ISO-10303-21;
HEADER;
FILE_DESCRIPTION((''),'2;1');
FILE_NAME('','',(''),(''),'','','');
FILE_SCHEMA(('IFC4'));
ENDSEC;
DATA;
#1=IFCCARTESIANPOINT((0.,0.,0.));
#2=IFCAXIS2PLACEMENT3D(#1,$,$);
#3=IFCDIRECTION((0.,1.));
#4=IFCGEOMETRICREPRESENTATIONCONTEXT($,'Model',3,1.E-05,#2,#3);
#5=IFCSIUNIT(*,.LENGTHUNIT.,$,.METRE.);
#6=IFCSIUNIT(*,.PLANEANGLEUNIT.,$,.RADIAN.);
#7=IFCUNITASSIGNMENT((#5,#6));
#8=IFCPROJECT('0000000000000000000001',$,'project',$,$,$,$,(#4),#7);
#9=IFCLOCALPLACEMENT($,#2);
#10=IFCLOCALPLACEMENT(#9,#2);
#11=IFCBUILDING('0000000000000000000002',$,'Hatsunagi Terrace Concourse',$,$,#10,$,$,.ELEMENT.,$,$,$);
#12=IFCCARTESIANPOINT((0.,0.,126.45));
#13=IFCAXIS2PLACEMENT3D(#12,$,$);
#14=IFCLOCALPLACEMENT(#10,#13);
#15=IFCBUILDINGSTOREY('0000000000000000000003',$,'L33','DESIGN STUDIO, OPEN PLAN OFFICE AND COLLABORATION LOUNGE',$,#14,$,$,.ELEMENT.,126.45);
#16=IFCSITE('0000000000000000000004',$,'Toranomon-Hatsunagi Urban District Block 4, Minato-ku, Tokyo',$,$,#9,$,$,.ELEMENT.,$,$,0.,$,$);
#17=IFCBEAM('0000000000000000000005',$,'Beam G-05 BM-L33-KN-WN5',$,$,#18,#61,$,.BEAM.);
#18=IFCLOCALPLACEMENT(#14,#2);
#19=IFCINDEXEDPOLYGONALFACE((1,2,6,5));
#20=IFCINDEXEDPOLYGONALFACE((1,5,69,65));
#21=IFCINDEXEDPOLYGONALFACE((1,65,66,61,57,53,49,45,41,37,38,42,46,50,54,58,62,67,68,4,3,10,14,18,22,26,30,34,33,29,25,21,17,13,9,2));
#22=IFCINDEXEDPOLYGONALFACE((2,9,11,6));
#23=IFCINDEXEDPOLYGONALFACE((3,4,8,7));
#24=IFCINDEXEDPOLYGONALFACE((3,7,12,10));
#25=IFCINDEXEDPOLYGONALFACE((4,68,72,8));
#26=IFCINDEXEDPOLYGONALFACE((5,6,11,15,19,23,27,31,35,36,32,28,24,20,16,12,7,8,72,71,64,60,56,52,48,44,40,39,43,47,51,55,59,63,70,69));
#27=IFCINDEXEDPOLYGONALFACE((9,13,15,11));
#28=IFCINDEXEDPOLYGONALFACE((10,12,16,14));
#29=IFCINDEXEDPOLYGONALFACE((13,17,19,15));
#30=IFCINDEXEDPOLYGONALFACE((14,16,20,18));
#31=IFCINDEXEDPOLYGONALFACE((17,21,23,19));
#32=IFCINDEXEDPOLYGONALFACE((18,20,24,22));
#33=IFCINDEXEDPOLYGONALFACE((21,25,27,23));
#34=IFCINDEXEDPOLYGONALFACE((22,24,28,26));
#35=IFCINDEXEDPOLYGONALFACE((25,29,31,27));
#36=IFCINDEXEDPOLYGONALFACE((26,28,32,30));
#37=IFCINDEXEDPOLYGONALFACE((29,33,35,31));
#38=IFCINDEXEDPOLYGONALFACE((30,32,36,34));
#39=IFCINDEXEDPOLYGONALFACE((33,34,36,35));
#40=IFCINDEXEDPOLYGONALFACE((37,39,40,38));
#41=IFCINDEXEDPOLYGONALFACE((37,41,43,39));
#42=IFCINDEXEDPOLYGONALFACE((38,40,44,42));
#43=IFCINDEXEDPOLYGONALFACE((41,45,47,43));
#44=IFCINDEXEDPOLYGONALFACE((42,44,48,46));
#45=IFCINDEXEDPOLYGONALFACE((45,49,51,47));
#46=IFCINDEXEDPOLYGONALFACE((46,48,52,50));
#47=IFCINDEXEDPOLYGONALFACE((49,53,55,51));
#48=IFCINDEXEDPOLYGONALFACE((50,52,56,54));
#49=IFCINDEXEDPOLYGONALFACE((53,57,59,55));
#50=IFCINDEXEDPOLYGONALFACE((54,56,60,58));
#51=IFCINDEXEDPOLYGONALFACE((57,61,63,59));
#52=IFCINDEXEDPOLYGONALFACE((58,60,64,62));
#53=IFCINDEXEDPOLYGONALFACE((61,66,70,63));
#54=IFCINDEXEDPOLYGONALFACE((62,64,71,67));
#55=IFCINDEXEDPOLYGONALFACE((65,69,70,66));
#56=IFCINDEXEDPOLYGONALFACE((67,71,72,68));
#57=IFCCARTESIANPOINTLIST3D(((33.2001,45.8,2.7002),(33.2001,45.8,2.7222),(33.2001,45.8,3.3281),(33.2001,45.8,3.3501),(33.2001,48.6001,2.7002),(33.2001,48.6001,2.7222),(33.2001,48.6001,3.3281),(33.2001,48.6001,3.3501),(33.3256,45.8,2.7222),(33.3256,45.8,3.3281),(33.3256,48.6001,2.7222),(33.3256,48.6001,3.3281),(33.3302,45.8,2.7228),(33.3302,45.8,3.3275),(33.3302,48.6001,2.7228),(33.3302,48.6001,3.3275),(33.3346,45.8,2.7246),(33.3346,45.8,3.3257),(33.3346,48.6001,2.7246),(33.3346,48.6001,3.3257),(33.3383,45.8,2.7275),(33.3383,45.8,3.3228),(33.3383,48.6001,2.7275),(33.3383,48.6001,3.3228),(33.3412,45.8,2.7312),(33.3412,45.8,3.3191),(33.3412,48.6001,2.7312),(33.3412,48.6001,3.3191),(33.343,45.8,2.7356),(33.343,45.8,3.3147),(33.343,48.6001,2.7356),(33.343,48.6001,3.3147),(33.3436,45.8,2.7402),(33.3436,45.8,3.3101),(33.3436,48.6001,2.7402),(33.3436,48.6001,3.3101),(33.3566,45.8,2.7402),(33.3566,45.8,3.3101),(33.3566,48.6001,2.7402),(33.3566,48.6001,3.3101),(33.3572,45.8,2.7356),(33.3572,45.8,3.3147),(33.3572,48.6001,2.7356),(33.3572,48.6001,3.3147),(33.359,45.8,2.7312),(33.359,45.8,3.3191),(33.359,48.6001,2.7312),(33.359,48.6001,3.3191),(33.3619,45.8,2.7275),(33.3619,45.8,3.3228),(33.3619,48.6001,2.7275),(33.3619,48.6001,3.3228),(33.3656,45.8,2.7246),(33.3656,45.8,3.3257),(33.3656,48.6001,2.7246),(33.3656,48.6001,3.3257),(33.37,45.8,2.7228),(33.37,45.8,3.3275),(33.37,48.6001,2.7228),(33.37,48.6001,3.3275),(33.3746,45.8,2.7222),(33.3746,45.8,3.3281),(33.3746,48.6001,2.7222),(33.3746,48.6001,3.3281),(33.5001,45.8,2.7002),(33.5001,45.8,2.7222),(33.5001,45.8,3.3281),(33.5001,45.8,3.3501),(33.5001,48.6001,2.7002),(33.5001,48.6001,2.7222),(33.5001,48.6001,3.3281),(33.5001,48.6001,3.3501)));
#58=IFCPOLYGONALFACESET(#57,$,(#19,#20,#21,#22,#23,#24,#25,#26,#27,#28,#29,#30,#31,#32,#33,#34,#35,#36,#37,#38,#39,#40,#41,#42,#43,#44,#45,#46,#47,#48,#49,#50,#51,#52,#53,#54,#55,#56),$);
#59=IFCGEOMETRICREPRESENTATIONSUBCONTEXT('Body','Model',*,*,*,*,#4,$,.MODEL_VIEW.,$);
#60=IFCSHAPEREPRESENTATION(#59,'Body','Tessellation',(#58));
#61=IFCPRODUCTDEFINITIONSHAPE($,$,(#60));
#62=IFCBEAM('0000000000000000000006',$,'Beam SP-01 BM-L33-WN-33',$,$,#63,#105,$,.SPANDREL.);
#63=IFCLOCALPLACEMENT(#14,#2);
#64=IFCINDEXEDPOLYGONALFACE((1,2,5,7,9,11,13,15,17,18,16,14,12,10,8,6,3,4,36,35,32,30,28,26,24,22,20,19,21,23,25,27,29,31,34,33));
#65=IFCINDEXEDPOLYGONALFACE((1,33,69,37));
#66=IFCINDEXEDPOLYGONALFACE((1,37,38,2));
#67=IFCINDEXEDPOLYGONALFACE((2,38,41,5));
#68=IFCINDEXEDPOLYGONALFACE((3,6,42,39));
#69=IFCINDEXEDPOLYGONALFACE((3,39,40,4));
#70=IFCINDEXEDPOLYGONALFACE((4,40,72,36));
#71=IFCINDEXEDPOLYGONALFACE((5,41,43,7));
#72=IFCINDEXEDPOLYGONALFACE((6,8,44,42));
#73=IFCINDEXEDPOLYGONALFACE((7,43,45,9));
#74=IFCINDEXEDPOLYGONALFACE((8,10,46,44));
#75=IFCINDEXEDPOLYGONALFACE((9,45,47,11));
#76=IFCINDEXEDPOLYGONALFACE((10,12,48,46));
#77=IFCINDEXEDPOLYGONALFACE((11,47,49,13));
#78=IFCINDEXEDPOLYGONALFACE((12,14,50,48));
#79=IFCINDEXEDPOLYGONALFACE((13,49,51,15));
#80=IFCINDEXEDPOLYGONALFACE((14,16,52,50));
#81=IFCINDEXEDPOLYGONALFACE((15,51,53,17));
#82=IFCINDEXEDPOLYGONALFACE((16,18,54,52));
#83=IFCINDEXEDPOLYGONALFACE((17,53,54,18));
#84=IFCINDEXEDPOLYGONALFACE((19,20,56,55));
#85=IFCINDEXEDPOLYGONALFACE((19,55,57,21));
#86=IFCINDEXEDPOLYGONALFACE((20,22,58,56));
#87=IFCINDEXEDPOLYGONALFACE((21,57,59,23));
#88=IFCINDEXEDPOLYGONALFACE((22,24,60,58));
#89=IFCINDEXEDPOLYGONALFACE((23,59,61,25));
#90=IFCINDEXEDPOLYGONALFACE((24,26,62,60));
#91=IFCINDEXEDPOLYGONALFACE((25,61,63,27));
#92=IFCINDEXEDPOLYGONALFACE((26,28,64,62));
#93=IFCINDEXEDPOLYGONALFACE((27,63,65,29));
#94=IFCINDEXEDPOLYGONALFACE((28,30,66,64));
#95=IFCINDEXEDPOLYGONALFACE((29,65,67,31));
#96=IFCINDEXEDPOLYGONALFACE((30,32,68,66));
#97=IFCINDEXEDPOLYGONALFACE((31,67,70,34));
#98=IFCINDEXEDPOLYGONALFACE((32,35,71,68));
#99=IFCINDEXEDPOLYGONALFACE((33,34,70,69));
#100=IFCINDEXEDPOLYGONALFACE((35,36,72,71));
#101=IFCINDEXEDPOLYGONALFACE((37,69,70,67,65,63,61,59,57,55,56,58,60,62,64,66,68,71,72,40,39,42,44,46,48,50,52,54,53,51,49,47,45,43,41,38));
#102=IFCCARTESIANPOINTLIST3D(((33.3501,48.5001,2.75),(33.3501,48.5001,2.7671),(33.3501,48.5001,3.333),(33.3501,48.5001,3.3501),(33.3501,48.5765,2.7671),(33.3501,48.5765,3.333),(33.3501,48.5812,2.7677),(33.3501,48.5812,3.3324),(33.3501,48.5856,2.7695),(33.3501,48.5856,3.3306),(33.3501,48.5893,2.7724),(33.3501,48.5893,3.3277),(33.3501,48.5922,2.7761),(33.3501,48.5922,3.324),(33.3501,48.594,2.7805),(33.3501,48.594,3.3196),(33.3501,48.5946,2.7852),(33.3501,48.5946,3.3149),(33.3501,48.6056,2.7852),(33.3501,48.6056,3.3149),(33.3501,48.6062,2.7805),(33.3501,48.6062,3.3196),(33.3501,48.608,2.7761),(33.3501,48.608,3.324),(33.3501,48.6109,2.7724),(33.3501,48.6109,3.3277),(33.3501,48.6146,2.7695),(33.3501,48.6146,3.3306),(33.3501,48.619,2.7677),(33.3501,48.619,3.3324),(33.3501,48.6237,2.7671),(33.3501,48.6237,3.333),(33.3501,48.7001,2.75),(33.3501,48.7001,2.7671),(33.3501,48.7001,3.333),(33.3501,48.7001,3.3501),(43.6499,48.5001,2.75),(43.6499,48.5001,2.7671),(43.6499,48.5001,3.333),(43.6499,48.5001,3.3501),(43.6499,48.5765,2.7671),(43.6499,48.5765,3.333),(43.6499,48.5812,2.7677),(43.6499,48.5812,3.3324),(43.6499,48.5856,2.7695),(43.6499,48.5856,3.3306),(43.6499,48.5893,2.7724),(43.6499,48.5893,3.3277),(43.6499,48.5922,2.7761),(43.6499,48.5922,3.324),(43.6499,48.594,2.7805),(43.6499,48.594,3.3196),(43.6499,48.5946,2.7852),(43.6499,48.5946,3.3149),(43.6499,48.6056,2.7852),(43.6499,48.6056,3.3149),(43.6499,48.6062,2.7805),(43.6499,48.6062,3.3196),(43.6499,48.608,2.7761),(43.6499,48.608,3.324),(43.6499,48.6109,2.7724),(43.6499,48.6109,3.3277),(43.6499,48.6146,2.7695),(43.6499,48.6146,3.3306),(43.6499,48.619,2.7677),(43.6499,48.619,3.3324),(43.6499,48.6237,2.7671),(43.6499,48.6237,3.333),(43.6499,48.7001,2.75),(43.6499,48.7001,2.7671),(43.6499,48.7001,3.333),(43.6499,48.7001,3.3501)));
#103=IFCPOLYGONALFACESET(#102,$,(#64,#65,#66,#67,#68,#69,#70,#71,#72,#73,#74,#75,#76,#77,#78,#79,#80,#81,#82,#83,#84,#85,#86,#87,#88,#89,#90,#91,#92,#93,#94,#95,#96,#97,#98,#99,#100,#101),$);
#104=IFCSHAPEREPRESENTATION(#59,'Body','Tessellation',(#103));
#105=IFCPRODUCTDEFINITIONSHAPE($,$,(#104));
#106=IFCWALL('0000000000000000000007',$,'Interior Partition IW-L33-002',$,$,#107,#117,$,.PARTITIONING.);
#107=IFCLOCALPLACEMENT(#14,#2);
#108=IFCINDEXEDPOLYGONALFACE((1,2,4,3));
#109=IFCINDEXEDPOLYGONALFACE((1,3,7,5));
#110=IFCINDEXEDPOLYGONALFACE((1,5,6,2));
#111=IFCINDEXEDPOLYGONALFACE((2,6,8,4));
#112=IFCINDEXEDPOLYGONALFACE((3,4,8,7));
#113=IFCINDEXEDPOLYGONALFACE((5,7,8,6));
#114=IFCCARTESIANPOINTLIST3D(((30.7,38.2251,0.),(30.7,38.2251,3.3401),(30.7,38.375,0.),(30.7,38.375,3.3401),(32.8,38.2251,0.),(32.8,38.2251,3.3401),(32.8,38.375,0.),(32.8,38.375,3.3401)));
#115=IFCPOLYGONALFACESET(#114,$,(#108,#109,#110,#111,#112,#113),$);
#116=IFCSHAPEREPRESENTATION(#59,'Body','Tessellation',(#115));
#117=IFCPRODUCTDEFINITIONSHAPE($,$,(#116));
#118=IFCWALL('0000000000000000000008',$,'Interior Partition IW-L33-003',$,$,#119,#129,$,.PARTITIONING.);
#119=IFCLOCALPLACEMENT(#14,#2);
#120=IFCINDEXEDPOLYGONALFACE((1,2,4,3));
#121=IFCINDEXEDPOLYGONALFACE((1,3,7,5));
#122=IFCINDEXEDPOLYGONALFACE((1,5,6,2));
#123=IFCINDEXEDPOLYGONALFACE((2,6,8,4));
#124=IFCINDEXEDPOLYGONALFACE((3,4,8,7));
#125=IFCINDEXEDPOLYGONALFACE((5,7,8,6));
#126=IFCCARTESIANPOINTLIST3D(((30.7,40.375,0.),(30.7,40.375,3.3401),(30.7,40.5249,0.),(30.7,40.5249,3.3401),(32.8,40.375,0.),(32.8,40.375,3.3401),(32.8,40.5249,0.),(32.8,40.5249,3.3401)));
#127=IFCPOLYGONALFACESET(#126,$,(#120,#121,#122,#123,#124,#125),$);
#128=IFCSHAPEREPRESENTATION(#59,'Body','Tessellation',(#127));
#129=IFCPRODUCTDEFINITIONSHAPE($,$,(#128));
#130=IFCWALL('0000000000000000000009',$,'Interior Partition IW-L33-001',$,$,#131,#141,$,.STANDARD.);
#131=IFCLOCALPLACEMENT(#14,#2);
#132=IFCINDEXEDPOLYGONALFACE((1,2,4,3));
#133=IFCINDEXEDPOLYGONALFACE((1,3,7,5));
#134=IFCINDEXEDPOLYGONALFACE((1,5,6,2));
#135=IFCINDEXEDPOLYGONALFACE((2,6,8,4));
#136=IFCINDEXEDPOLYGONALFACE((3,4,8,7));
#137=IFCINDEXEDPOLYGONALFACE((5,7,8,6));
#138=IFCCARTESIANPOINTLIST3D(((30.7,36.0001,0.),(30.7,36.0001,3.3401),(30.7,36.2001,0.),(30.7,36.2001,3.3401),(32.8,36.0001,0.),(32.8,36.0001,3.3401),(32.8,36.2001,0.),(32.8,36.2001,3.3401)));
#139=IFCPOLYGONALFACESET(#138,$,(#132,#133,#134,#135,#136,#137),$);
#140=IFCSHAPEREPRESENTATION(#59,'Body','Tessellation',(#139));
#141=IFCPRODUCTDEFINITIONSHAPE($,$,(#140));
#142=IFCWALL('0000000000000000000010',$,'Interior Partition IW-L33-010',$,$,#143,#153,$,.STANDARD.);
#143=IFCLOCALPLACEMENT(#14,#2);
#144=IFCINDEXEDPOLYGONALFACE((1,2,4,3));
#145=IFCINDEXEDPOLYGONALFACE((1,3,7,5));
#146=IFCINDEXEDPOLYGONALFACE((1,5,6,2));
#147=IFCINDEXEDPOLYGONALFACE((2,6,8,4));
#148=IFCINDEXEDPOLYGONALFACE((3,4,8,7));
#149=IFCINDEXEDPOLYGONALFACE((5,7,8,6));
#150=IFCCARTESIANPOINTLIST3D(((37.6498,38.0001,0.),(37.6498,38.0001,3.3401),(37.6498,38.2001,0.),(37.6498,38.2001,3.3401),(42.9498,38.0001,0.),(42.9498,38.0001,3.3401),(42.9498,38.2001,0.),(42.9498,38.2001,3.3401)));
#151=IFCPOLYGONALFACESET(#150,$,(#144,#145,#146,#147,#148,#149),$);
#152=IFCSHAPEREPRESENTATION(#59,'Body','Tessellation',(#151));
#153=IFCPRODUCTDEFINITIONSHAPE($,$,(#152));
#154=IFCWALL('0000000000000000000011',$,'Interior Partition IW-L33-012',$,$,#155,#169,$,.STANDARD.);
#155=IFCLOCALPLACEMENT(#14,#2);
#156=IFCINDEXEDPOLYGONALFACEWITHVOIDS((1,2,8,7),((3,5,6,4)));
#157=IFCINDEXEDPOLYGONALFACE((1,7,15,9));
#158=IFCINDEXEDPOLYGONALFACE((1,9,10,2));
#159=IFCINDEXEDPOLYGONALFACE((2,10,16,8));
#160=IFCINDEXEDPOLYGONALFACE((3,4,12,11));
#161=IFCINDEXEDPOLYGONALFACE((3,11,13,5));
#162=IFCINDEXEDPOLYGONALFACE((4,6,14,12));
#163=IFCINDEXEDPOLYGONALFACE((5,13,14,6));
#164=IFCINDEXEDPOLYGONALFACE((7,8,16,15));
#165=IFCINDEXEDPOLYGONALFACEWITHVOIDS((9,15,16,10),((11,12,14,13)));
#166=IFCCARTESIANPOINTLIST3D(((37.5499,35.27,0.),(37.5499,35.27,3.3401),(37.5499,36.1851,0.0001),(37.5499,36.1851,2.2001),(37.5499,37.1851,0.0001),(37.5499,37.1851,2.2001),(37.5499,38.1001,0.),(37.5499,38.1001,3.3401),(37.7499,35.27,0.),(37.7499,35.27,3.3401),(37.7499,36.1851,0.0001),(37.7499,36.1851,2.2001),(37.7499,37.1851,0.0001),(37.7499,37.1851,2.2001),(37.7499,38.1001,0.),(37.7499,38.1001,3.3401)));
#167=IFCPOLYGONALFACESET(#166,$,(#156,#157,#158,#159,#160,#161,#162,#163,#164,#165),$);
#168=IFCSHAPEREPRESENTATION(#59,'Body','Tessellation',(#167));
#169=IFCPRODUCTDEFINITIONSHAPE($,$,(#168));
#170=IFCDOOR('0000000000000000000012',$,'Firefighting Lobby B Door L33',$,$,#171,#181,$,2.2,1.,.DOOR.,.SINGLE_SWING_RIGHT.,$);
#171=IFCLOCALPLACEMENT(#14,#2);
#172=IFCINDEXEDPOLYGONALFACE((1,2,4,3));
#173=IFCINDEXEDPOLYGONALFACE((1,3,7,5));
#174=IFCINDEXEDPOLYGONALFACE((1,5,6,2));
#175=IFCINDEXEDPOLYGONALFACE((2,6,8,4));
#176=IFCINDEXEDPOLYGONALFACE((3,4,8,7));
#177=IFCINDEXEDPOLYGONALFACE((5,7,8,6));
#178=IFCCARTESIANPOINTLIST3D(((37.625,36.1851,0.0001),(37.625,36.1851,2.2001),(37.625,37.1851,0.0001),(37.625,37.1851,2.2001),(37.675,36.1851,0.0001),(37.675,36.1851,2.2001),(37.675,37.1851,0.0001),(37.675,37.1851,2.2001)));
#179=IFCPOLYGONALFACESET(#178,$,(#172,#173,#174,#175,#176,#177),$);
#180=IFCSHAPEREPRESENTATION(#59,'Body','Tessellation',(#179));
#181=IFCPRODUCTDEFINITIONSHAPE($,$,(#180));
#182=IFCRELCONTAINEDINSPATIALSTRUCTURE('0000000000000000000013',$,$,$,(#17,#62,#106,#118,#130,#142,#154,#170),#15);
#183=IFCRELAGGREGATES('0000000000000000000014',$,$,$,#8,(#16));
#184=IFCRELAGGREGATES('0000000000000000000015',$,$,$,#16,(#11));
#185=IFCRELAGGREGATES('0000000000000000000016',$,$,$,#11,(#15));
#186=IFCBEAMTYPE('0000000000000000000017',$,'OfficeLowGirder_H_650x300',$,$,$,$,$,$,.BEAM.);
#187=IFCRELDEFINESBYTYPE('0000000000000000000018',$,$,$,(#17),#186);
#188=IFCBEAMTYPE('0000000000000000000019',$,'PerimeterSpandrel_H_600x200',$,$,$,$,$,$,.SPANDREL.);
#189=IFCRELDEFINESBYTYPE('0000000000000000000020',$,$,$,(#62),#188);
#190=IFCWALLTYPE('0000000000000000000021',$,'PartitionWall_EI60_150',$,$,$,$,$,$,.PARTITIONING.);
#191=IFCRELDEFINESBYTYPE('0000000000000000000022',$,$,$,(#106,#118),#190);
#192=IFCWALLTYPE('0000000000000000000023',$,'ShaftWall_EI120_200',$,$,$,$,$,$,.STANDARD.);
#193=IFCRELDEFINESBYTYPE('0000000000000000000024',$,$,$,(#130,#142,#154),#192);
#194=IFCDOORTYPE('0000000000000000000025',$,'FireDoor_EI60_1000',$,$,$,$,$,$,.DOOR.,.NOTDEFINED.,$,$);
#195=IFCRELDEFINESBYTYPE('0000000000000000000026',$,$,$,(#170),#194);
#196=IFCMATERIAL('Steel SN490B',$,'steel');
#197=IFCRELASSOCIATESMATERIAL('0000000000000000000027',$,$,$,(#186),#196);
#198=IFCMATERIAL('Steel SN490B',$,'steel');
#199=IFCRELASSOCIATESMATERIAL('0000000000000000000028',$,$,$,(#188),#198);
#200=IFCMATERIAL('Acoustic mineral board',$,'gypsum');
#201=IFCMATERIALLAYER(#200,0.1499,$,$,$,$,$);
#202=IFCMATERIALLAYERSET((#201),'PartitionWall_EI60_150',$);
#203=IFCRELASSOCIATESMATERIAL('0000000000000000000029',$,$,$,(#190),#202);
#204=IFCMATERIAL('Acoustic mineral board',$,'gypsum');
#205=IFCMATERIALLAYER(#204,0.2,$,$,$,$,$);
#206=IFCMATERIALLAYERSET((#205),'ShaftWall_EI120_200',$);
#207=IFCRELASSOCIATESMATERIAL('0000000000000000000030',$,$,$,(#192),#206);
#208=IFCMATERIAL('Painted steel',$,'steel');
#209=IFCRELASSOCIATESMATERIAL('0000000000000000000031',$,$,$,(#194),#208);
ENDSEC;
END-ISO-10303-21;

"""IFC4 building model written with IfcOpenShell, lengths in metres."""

from ifc_helpers import new_model, si_unit, direction, frame, frame_2d, origin, origin_2d, place, context, subcontext, project, spatial, rectangle, i_section, extrude, material, layer, layer_set, material_profile, profile_set, type_object, element, fill, save


model = new_model("IFC4")

# Units and contexts
model_context = context("Model", 3, precision=1e-05, world=origin(), true_north=direction((0.0, 1.0)))
body_context = subcontext(model_context, "Body", "Model", "MODEL_VIEW")
ifc_project = project(units=[si_unit("LENGTHUNIT", "METRE"), si_unit("PLANEANGLEUNIT", "RADIAN")], contexts=[model_context])

# Site, building, storey
site_placement = place(None, origin())
site = spatial("IfcSite", under=ifc_project, at=site_placement, Name="Toranomon-Hatsunagi Urban District Block 4, Minato-ku, Tokyo", CompositionType="ELEMENT", RefElevation=0.0)
building_placement = place(site_placement, origin())
building = spatial("IfcBuilding", under=site, at=building_placement, Name="Hatsunagi Terrace Concourse", CompositionType="ELEMENT")
storey_placement = place(building_placement, frame((0.0, 0.0, 126.45)))
storey = spatial("IfcBuildingStorey", under=building, at=storey_placement, Name="L33", Description="DESIGN STUDIO, OPEN PLAN OFFICE AND COLLABORATION LOUNGE", CompositionType="ELEMENT", Elevation=126.45)

# Beams
ifc_material_1 = material(Name="Steel SN490B", Category="steel")
ifc_material_profile_1 = material_profile(ifc_material_1, i_section(OverallWidth=0.3, OverallDepth=0.6499, WebThickness=0.0129, FlangeThickness=0.022, FilletRadius=0.0181, at=origin_2d()), Name="H-650x300x13x22")
ifc_profile_set_1 = profile_set([ifc_material_profile_1], Name="Steel SN490B")
beam_type_1 = type_object("IfcBeamType", Name="OfficeLowGirder_H_650x300", PredefinedType="BEAM", material=ifc_profile_set_1)
beam_1_placement = place(storey_placement, frame((33.3501, 45.8, 3.0251), z_axis=(0.0, 1.0, 0.0), x_axis=(-1.0, 0.0, 0.0)))
element("IfcBeam", 1, at=beam_1_placement, inside=storey, type_object=beam_type_1, Name="Beam G-05 BM-L33-KN-WN5", PredefinedType="BEAM", context=body_context, shape_type="SweptSolid", body=[
    extrude(i_section(OverallWidth=0.3, OverallDepth=0.6499, WebThickness=0.0129, FlangeThickness=0.022, FilletRadius=0.0181, at=origin_2d()), origin(), (0.0, 0.0, 1.0), 2.8),
])
ifc_material_2 = material(Name="Steel SN490B", Category="steel")
ifc_material_profile_2 = material_profile(ifc_material_2, i_section(OverallWidth=0.2, OverallDepth=0.6001, WebThickness=0.011, FlangeThickness=0.0171, FilletRadius=0.0181, at=origin_2d()), Name="H-600x200x11x17")
ifc_profile_set_2 = profile_set([ifc_material_profile_2], Name="Steel SN490B")
beam_type_2 = type_object("IfcBeamType", Name="PerimeterSpandrel_H_600x200", PredefinedType="SPANDREL", material=ifc_profile_set_2)
beam_2_placement = place(storey_placement, frame((33.3501, 48.6001, 3.05), z_axis=(1.0, 0.0, 0.0), x_axis=(0.0, 1.0, 0.0)))
element("IfcBeam", 2, at=beam_2_placement, inside=storey, type_object=beam_type_2, Name="Beam SP-01 BM-L33-WN-33", PredefinedType="SPANDREL", context=body_context, shape_type="SweptSolid", body=[
    extrude(i_section(OverallWidth=0.2, OverallDepth=0.6001, WebThickness=0.011, FlangeThickness=0.0171, FilletRadius=0.0181, at=origin_2d()), origin(), (0.0, 0.0, 1.0), 10.2998),
])

# Walls
ifc_material_3 = material(Name="Acoustic mineral board", Category="gypsum")
ifc_layer_1 = layer(ifc_material_3, 0.1499)
ifc_layer_set_1 = layer_set([ifc_layer_1], Name="PartitionWall_EI60_150")
wall_type_1 = type_object("IfcWallType", Name="PartitionWall_EI60_150", PredefinedType="PARTITIONING", material=ifc_layer_set_1)
for number, where, z_axis, x_axis, name in (
    (3, (30.7, 38.3, 0.0), (0.0, 0.0, 1.0), (1.0, 0.0, 0.0), "Interior Partition IW-L33-002"),
    (4, (30.7, 40.45, 0.0), (0.0, 0.0, 1.0), (1.0, 0.0, 0.0), "Interior Partition IW-L33-003"),
):
    element("IfcWall", number, at=place(storey_placement, frame(where, z_axis=z_axis, x_axis=x_axis)), inside=storey, type_object=wall_type_1, Name=name, PredefinedType="PARTITIONING", context=body_context, shape_type="SweptSolid", body=[
        extrude(rectangle(XDim=2.1001, YDim=0.1499, at=frame_2d((1.05, 0.0))), origin(), (0.0, 0.0, 1.0), 3.3401),
    ])
ifc_material_4 = material(Name="Acoustic mineral board", Category="gypsum")
ifc_layer_2 = layer(ifc_material_4, 0.2)
ifc_layer_set_2 = layer_set([ifc_layer_2], Name="ShaftWall_EI120_200")
wall_type_2 = type_object("IfcWallType", Name="ShaftWall_EI120_200", PredefinedType="STANDARD", material=ifc_layer_set_2)
wall_1_placement = place(storey_placement, frame((30.7, 36.1001, 0.0), z_axis=(0.0, 0.0, 1.0), x_axis=(1.0, 0.0, 0.0)))
element("IfcWall", 5, at=wall_1_placement, inside=storey, type_object=wall_type_2, Name="Interior Partition IW-L33-001", PredefinedType="STANDARD", context=body_context, shape_type="SweptSolid", body=[
    extrude(rectangle(XDim=2.1001, YDim=0.2, at=frame_2d((1.05, 0.0))), origin(), (0.0, 0.0, 1.0), 3.3401),
])
wall_2_placement = place(storey_placement, frame((37.6499, 38.1001, 0.0), z_axis=(0.0, 0.0, 1.0), x_axis=(1.0, 0.0, 0.0)))
element("IfcWall", 6, at=wall_2_placement, inside=storey, type_object=wall_type_2, Name="Interior Partition IW-L33-010", PredefinedType="STANDARD", context=body_context, shape_type="SweptSolid", body=[
    extrude(rectangle(XDim=5.3, YDim=0.2, at=frame_2d((2.6499, 0.0))), origin(), (0.0, 0.0, 1.0), 3.3401),
])

# Wall, opening, door
wall_3_placement = place(storey_placement, frame((37.6499, 35.27, 0.0), z_axis=(0.0, 0.0, 1.0), x_axis=(0.0, 1.0, 0.0)))
wall_3 = element("IfcWall", 7, at=wall_3_placement, inside=storey, type_object=wall_type_2, Name="Interior Partition IW-L33-012", PredefinedType="STANDARD", context=body_context, shape_type="SweptSolid", body=[
    extrude(rectangle(XDim=2.8301, YDim=0.2, at=frame_2d((1.415, 0.0))), origin(), (0.0, 0.0, 1.0), 3.3401),
])
opening_1_placement = place(wall_3_placement, frame((0.915, 0.0, 0.0)))
opening_1 = element("IfcOpeningElement", 8, at=opening_1_placement, cuts=wall_3, PredefinedType="OPENING", context=body_context, shape_type="SweptSolid", body=[
    extrude(rectangle(XDim=1.0, YDim=2.2, at=frame_2d((0.5, 1.1001))), frame((0.0, 0.1099, 0.0), z_axis=(0.0, -1.0, 0.0), x_axis=(1.0, 0.0, 0.0)), (0.0, 0.0, 1.0), 0.22),
])
ifc_material_5 = material(Name="Painted steel", Category="steel")
door_type_1 = type_object("IfcDoorType", Name="FireDoor_EI60_1000", OperationType="NOTDEFINED", PredefinedType="DOOR", material=ifc_material_5)
door_1_placement = place(opening_1_placement, origin())
door_1 = element("IfcDoor", 9, at=door_1_placement, inside=storey, type_object=door_type_1, Name="Firefighting Lobby B Door L33", OperationType="SINGLE_SWING_RIGHT", OverallHeight=2.2, OverallWidth=1.0, PredefinedType="DOOR", context=body_context, shape_type="SweptSolid", body=[
    extrude(rectangle(XDim=1.0, YDim=2.2, at=frame_2d((0.5, 1.1001))), frame((0.0, 0.0249, 0.0), z_axis=(0.0, -1.0, 0.0), x_axis=(1.0, 0.0, 0.0)), (0.0, 0.0, 1.0), 0.05),
])
fill(opening_1, door_1)

save(model, "model.ifc")
